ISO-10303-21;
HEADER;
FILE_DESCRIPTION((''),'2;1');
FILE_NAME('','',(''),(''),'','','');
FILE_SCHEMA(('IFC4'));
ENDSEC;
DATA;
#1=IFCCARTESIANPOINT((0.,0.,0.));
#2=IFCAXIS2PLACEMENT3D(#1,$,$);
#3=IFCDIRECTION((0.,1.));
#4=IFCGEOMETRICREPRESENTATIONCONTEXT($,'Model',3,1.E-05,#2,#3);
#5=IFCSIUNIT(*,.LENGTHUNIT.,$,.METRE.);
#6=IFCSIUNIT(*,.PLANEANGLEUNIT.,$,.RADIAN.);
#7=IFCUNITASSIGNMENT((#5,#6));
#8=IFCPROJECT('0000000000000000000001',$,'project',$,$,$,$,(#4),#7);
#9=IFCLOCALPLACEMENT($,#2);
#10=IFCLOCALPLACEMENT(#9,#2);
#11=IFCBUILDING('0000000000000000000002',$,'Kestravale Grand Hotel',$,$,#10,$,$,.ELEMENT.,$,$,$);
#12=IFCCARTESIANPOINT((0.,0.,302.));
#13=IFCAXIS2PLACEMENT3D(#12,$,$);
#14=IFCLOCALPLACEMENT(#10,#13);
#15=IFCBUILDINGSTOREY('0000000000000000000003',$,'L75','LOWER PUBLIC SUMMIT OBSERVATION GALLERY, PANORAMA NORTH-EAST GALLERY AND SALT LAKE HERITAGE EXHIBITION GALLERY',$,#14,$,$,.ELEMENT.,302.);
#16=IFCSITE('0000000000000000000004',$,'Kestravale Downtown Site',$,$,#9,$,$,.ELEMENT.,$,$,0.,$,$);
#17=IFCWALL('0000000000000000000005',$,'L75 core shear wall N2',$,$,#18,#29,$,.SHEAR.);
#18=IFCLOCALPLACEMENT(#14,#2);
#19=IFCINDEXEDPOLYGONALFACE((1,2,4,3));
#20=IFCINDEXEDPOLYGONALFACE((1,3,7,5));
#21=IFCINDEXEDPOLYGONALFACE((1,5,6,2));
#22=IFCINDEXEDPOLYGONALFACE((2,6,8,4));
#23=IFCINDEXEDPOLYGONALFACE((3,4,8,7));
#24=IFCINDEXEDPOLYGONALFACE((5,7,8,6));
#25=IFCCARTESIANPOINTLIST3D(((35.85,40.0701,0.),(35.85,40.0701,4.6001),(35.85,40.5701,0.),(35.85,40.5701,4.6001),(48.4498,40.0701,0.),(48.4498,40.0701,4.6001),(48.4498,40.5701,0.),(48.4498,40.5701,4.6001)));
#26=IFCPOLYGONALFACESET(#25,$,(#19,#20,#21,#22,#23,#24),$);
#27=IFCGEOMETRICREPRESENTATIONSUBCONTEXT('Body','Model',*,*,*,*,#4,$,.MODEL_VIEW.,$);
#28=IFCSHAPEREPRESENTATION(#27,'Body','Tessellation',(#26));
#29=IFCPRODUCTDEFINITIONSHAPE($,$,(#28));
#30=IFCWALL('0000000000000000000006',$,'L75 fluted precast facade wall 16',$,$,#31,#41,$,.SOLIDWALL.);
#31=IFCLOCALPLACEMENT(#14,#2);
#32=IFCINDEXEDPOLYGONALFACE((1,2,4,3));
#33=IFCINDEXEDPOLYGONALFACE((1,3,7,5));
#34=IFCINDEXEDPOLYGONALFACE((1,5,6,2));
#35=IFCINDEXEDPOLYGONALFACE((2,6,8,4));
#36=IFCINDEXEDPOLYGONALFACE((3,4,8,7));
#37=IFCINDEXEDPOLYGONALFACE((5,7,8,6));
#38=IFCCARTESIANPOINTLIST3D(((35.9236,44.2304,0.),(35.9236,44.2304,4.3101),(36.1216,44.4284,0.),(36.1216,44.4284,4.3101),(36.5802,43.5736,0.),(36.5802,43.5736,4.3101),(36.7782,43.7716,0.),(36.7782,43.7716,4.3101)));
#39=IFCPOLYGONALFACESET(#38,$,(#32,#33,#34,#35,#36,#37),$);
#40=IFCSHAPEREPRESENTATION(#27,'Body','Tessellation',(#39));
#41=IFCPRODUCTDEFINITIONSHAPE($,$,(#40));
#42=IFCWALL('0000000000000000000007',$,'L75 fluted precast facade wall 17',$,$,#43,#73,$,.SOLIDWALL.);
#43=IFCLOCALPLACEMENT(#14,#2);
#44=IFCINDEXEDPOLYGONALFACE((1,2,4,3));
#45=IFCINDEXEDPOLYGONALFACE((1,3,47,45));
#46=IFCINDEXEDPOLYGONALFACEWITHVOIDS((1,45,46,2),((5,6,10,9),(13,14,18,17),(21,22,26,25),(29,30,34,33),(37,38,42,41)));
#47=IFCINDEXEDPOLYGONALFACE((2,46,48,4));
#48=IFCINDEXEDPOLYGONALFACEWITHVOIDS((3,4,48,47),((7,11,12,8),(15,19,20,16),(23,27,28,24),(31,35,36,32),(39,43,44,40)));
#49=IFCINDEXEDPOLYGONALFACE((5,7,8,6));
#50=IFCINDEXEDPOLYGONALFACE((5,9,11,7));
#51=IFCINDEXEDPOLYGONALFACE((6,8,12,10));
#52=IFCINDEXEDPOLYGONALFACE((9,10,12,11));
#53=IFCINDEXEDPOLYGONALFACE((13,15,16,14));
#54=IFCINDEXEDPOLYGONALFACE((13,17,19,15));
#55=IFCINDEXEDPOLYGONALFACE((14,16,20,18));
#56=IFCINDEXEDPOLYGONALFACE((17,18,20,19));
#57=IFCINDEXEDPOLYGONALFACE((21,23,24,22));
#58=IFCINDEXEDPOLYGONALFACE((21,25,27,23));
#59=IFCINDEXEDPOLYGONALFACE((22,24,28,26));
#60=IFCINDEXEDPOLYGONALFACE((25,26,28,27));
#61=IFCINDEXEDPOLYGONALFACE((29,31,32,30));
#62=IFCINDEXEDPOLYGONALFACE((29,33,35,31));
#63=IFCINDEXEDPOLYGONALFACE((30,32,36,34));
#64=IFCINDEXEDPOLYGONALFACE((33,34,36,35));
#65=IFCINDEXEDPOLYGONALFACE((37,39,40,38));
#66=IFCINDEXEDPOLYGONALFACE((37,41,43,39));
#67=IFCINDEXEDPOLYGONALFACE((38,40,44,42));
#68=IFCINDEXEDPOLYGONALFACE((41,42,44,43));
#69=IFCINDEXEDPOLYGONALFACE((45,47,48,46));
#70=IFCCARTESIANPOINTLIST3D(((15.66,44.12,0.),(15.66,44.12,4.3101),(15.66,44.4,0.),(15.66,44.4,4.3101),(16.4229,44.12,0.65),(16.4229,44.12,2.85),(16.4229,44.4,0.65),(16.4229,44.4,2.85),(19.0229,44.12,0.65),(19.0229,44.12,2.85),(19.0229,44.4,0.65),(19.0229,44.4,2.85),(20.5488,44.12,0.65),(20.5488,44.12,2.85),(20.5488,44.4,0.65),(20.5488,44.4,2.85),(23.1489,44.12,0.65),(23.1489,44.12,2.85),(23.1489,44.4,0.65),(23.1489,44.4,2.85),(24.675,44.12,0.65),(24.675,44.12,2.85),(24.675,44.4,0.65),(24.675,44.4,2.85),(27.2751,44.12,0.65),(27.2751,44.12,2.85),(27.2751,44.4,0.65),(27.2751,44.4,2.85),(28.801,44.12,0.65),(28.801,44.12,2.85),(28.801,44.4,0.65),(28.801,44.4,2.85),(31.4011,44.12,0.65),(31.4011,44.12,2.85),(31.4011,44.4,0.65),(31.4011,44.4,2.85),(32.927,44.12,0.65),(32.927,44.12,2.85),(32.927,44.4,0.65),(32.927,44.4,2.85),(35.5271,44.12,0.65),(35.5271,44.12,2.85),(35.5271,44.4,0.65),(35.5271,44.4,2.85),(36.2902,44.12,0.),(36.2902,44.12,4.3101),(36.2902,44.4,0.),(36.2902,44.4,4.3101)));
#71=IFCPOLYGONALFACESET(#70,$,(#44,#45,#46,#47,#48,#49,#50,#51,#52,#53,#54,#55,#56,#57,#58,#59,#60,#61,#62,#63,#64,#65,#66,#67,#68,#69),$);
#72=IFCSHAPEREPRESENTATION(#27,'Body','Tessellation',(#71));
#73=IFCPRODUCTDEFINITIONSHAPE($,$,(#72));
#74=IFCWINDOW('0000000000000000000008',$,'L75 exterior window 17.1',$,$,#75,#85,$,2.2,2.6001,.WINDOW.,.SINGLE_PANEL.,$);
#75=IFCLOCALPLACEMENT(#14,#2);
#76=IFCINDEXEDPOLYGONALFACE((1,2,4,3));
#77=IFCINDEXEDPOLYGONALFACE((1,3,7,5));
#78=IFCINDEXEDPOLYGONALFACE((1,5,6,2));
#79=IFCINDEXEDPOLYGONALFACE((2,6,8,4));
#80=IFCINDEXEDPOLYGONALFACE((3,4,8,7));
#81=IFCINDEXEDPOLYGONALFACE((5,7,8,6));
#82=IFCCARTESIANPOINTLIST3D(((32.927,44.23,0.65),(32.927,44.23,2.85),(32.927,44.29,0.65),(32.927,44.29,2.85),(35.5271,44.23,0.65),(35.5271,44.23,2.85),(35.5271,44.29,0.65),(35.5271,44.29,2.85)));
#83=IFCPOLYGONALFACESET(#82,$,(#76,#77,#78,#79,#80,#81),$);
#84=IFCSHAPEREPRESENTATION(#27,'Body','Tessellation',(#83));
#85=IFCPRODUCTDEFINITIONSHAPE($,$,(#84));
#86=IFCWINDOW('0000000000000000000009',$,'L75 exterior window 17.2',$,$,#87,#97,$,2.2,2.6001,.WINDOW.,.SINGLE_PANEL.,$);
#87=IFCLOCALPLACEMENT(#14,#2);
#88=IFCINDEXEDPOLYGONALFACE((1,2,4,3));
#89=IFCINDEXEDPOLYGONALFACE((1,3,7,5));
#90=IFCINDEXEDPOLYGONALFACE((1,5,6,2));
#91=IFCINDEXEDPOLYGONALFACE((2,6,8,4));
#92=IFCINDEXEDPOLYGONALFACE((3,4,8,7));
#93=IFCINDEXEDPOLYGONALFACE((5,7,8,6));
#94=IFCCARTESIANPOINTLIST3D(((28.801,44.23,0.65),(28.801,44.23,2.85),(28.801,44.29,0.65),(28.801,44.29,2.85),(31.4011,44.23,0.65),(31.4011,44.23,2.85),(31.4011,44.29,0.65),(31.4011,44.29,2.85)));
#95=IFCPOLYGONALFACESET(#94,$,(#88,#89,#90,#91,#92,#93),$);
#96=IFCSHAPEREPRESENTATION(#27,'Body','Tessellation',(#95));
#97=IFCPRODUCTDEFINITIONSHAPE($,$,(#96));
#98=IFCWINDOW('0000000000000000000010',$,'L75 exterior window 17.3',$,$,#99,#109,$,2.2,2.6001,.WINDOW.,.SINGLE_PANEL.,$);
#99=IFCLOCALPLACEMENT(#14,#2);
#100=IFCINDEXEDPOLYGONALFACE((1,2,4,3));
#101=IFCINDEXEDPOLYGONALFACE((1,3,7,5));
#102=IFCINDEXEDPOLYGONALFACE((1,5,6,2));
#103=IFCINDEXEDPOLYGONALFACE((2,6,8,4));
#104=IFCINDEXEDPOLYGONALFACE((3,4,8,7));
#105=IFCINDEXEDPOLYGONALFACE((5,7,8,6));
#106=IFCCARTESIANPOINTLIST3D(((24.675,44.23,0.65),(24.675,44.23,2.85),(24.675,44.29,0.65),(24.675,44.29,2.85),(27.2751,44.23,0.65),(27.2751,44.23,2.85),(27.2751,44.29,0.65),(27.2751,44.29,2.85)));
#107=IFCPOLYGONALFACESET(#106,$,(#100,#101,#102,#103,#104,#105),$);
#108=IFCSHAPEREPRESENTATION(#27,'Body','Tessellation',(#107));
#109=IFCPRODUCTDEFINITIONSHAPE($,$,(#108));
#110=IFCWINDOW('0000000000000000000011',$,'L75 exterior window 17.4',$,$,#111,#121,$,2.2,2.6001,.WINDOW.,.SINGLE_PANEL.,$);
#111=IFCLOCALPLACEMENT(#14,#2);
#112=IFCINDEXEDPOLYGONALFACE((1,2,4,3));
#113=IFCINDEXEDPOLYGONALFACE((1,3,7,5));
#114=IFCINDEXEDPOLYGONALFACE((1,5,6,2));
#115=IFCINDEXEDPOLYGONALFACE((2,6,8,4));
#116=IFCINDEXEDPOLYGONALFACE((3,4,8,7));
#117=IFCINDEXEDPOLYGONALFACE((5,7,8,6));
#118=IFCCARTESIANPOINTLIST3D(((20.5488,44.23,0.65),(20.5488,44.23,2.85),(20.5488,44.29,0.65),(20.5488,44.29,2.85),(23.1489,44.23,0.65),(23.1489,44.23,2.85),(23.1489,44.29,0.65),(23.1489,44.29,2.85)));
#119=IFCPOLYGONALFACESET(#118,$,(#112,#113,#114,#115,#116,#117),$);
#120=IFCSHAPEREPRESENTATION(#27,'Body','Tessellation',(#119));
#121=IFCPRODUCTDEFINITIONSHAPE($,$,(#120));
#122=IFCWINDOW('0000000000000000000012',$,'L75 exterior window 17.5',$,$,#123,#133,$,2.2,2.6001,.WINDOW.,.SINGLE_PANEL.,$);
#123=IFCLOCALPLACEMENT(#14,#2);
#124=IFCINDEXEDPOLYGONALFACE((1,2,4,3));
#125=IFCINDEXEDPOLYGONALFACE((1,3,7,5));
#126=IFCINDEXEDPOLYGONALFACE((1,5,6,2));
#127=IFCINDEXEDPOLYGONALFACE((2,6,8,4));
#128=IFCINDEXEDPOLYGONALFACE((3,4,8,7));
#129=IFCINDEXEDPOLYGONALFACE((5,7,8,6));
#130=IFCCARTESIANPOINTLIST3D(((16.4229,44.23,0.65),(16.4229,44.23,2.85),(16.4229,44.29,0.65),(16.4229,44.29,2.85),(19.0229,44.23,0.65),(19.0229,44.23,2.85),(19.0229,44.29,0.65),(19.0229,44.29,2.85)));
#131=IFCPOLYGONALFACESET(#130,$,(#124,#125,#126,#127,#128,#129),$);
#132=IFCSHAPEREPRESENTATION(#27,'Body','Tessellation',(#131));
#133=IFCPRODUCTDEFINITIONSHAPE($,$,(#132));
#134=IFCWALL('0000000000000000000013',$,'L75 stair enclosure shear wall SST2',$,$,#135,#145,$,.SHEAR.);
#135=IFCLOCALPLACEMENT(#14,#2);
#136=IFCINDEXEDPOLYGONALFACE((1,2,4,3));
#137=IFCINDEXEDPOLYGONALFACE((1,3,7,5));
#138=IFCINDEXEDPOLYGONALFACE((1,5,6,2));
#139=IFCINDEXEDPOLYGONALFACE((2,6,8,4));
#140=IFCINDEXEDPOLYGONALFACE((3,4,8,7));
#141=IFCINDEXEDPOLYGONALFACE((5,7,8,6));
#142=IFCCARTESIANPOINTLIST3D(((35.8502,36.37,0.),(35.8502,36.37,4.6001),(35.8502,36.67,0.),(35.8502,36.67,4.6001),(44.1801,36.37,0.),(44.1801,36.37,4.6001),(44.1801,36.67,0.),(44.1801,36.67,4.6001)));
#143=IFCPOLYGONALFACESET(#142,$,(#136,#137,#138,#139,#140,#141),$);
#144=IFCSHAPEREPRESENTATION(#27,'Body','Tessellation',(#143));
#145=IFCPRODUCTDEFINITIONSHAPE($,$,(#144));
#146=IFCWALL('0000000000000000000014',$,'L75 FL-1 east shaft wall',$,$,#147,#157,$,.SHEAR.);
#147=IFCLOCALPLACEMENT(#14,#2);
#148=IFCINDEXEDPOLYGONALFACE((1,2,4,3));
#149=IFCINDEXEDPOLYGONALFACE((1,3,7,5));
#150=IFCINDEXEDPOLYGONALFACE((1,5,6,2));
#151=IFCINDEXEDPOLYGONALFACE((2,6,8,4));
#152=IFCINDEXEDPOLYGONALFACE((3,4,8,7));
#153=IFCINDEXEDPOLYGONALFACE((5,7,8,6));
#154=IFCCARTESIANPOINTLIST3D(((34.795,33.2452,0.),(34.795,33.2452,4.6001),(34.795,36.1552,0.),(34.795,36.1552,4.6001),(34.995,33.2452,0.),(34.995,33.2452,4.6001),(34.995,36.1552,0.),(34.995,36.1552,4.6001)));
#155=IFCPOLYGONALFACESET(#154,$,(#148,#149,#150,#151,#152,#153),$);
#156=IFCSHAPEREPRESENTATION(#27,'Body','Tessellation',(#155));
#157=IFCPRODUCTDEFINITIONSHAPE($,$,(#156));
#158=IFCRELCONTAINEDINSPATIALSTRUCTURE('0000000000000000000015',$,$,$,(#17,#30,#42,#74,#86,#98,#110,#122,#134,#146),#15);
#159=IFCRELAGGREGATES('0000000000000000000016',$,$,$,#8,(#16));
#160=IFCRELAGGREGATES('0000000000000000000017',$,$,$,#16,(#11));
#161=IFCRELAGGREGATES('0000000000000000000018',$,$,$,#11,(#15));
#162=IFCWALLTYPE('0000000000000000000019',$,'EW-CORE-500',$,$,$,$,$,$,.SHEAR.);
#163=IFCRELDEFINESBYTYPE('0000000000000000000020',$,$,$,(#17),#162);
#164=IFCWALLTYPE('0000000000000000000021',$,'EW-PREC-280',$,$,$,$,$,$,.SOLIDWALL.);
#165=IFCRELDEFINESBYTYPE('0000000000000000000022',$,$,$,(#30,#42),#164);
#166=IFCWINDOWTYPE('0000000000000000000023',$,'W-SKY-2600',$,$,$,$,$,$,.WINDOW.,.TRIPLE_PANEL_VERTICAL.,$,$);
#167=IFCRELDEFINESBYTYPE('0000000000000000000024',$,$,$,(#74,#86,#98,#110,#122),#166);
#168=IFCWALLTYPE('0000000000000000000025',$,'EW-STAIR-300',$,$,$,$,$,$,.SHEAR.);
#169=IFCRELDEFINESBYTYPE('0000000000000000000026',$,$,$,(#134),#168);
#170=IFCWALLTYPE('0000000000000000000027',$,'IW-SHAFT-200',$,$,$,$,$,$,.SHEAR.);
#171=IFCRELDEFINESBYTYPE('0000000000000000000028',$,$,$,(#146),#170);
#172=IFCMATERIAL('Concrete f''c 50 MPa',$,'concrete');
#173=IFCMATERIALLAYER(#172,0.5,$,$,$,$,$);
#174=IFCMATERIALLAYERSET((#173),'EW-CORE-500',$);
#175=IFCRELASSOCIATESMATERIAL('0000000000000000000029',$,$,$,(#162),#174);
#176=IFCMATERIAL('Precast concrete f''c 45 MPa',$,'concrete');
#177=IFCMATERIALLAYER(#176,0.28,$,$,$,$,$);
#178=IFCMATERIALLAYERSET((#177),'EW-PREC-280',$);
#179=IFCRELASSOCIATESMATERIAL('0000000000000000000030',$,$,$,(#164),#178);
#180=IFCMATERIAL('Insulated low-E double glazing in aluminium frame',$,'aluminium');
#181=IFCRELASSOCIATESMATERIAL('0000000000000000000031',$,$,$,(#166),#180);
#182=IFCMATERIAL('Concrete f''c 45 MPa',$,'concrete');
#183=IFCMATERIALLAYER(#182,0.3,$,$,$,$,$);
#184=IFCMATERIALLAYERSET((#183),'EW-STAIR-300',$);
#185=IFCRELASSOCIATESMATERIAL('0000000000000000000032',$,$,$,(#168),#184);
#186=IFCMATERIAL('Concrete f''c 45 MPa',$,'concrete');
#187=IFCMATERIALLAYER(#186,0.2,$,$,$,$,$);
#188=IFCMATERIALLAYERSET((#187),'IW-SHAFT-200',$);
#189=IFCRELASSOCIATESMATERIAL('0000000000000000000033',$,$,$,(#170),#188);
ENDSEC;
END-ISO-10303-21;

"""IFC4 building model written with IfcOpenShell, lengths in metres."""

from ifc_helpers import new_model, si_unit, direction, frame, frame_2d, origin, place, context, subcontext, project, spatial, rectangle, extrude, material, layer, layer_set, type_object, element, fill, save


model = new_model("IFC4")

# Units and contexts
model_context = context("Model", 3, precision=1e-05, world=origin(), true_north=direction((0.0, 1.0)))
body_context = subcontext(model_context, "Body", "Model", "MODEL_VIEW")
ifc_project = project(units=[si_unit("LENGTHUNIT", "METRE"), si_unit("PLANEANGLEUNIT", "RADIAN")], contexts=[model_context])

# Site, building, storey
site_placement = place(None, origin())
site = spatial("IfcSite", under=ifc_project, at=site_placement, Name="Kestravale Downtown Site", CompositionType="ELEMENT", RefElevation=0.0)
building_placement = place(site_placement, origin())
building = spatial("IfcBuilding", under=site, at=building_placement, Name="Kestravale Grand Hotel", CompositionType="ELEMENT")
storey_placement = place(building_placement, frame((0.0, 0.0, 302.0)))
storey = spatial("IfcBuildingStorey", under=building, at=storey_placement, Name="L75", Description="LOWER PUBLIC SUMMIT OBSERVATION GALLERY, PANORAMA NORTH-EAST GALLERY AND SALT LAKE HERITAGE EXHIBITION GALLERY", CompositionType="ELEMENT", Elevation=302.0)

# Wall
ifc_material_1 = material(Name="Concrete f'c 50 MPa", Category="concrete")
ifc_layer_1 = layer(ifc_material_1, 0.5)
ifc_layer_set_1 = layer_set([ifc_layer_1], Name="EW-CORE-500")
wall_type_1 = type_object("IfcWallType", Name="EW-CORE-500", PredefinedType="SHEAR", material=ifc_layer_set_1)
wall_1_placement = place(storey_placement, frame((35.8501, 40.3201, 0.0), z_axis=(0.0, 0.0, 1.0), x_axis=(1.0, 0.0, 0.0)))
element("IfcWall", 1, at=wall_1_placement, inside=storey, type_object=wall_type_1, Name="L75 core shear wall N2", PredefinedType="SHEAR", context=body_context, shape_type="SweptSolid", body=[
    extrude(rectangle(XDim=12.5999, YDim=0.5, at=frame_2d((6.2998, 0.0))), origin(), (0.0, 0.0, 1.0), 4.6001),
])

# Wall
ifc_material_2 = material(Name="Precast concrete f'c 45 MPa", Category="concrete")
ifc_layer_2 = layer(ifc_material_2, 0.28)
ifc_layer_set_2 = layer_set([ifc_layer_2], Name="EW-PREC-280")
wall_type_2 = type_object("IfcWallType", Name="EW-PREC-280", PredefinedType="SOLIDWALL", material=ifc_layer_set_2)
wall_2_placement = place(storey_placement, frame((36.6792, 43.6726, 0.0), z_axis=(0.0, 0.0, 1.0), x_axis=(-0.706975, 0.707238, 0.0)))
element("IfcWall", 2, at=wall_2_placement, inside=storey, type_object=wall_type_2, Name="L75 fluted precast facade wall 16", PredefinedType="SOLIDWALL", context=body_context, shape_type="SweptSolid", body=[
    extrude(rectangle(XDim=0.9287, YDim=0.28, at=frame_2d((0.4644, 0.0))), origin(), (0.0, 0.0, 1.0), 4.3101),
])

# Wall, openings, windows
wall_3_placement = place(storey_placement, frame((36.29, 44.26, 0.0), z_axis=(0.0, 0.0, 1.0), x_axis=(-1.0, 0.0, 0.0)))
wall_3 = element("IfcWall", 3, at=wall_3_placement, inside=storey, type_object=wall_type_2, Name="L75 fluted precast facade wall 17", PredefinedType="SOLIDWALL", context=body_context, shape_type="SweptSolid", body=[
    extrude(rectangle(XDim=20.6301, YDim=0.28, at=frame_2d((10.3149, 0.0))), origin(), (0.0, 0.0, 1.0), 4.3101),
])
opening_1_placement = place(wall_3_placement, frame((0.7629, 0.0, 0.6499)))
opening_1 = element("IfcOpeningElement", 4, at=opening_1_placement, cuts=wall_3, PredefinedType="OPENING", context=body_context, shape_type="SweptSolid", body=[
    extrude(rectangle(XDim=2.6001, YDim=2.2, at=frame_2d((1.3, 1.1001))), frame((0.0, 0.1499, 0.0), z_axis=(0.0, -1.0, 0.0), x_axis=(1.0, 0.0, 0.0)), (0.0, 0.0, 1.0), 0.3),
])
opening_2_placement = place(wall_3_placement, frame((4.8889, 0.0, 0.6499)))
opening_2 = element("IfcOpeningElement", 5, at=opening_2_placement, cuts=wall_3, PredefinedType="OPENING", context=body_context, shape_type="SweptSolid", body=[
    extrude(rectangle(XDim=2.6001, YDim=2.2, at=frame_2d((1.3, 1.1001))), frame((0.0, 0.1499, 0.0), z_axis=(0.0, -1.0, 0.0), x_axis=(1.0, 0.0, 0.0)), (0.0, 0.0, 1.0), 0.3),
])
opening_3_placement = place(wall_3_placement, frame((9.0149, 0.0, 0.6499)))
opening_3 = element("IfcOpeningElement", 6, at=opening_3_placement, cuts=wall_3, PredefinedType="OPENING", context=body_context, shape_type="SweptSolid", body=[
    extrude(rectangle(XDim=2.6001, YDim=2.2, at=frame_2d((1.3, 1.1001))), frame((0.0, 0.1499, 0.0), z_axis=(0.0, -1.0, 0.0), x_axis=(1.0, 0.0, 0.0)), (0.0, 0.0, 1.0), 0.3),
])
opening_4_placement = place(wall_3_placement, frame((13.1411, 0.0, 0.6499)))
opening_4 = element("IfcOpeningElement", 7, at=opening_4_placement, cuts=wall_3, PredefinedType="OPENING", context=body_context, shape_type="SweptSolid", body=[
    extrude(rectangle(XDim=2.6001, YDim=2.2, at=frame_2d((1.3, 1.1001))), frame((0.0, 0.1499, 0.0), z_axis=(0.0, -1.0, 0.0), x_axis=(1.0, 0.0, 0.0)), (0.0, 0.0, 1.0), 0.3),
])
opening_5_placement = place(wall_3_placement, frame((17.2671, 0.0, 0.6499)))
opening_5 = element("IfcOpeningElement", 8, at=opening_5_placement, cuts=wall_3, PredefinedType="OPENING", context=body_context, shape_type="SweptSolid", body=[
    extrude(rectangle(XDim=2.6001, YDim=2.2, at=frame_2d((1.3, 1.1001))), frame((0.0, 0.1499, 0.0), z_axis=(0.0, -1.0, 0.0), x_axis=(1.0, 0.0, 0.0)), (0.0, 0.0, 1.0), 0.3),
])
ifc_material_3 = material(Name="Insulated low-E double glazing in aluminium frame", Category="aluminium")
window_type = type_object("IfcWindowType", Name="W-SKY-2600", PartitioningType="TRIPLE_PANEL_VERTICAL", PredefinedType="WINDOW", material=ifc_material_3)
window_1_placement = place(opening_1_placement, origin())
window_1 = element("IfcWindow", 9, at=window_1_placement, inside=storey, type_object=window_type, Name="L75 exterior window 17.1", OverallHeight=2.2, OverallWidth=2.6001, PartitioningType="SINGLE_PANEL", PredefinedType="WINDOW", context=body_context, shape_type="SweptSolid", body=[
    extrude(rectangle(XDim=2.6001, YDim=2.2, at=frame_2d((1.3, 1.1001))), frame((0.0, 0.03, 0.0), z_axis=(0.0, -1.0, 0.0), x_axis=(1.0, 0.0, 0.0)), (0.0, 0.0, 1.0), 0.0601),
])
fill(opening_1, window_1)
window_2_placement = place(opening_2_placement, origin())
window_2 = element("IfcWindow", 10, at=window_2_placement, inside=storey, type_object=window_type, Name="L75 exterior window 17.2", OverallHeight=2.2, OverallWidth=2.6001, PartitioningType="SINGLE_PANEL", PredefinedType="WINDOW", context=body_context, shape_type="SweptSolid", body=[
    extrude(rectangle(XDim=2.6001, YDim=2.2, at=frame_2d((1.3, 1.1001))), frame((0.0, 0.03, 0.0), z_axis=(0.0, -1.0, 0.0), x_axis=(1.0, 0.0, 0.0)), (0.0, 0.0, 1.0), 0.0601),
])
fill(opening_2, window_2)
window_3_placement = place(opening_3_placement, origin())
window_3 = element("IfcWindow", 11, at=window_3_placement, inside=storey, type_object=window_type, Name="L75 exterior window 17.3", OverallHeight=2.2, OverallWidth=2.6001, PartitioningType="SINGLE_PANEL", PredefinedType="WINDOW", context=body_context, shape_type="SweptSolid", body=[
    extrude(rectangle(XDim=2.6001, YDim=2.2, at=frame_2d((1.3, 1.1001))), frame((0.0, 0.03, 0.0), z_axis=(0.0, -1.0, 0.0), x_axis=(1.0, 0.0, 0.0)), (0.0, 0.0, 1.0), 0.0601),
])
fill(opening_3, window_3)
window_4_placement = place(opening_4_placement, origin())
window_4 = element("IfcWindow", 12, at=window_4_placement, inside=storey, type_object=window_type, Name="L75 exterior window 17.4", OverallHeight=2.2, OverallWidth=2.6001, PartitioningType="SINGLE_PANEL", PredefinedType="WINDOW", context=body_context, shape_type="SweptSolid", body=[
    extrude(rectangle(XDim=2.6001, YDim=2.2, at=frame_2d((1.3, 1.1001))), frame((0.0, 0.03, 0.0), z_axis=(0.0, -1.0, 0.0), x_axis=(1.0, 0.0, 0.0)), (0.0, 0.0, 1.0), 0.0601),
])
fill(opening_4, window_4)
window_5_placement = place(opening_5_placement, origin())
window_5 = element("IfcWindow", 13, at=window_5_placement, inside=storey, type_object=window_type, Name="L75 exterior window 17.5", OverallHeight=2.2, OverallWidth=2.6001, PartitioningType="SINGLE_PANEL", PredefinedType="WINDOW", context=body_context, shape_type="SweptSolid", body=[
    extrude(rectangle(XDim=2.6001, YDim=2.2, at=frame_2d((1.3, 1.1001))), frame((0.0, 0.03, 0.0), z_axis=(0.0, -1.0, 0.0), x_axis=(1.0, 0.0, 0.0)), (0.0, 0.0, 1.0), 0.0601),
])
fill(opening_5, window_5)

# Wall
ifc_material_4 = material(Name="Concrete f'c 45 MPa", Category="concrete")
ifc_layer_3 = layer(ifc_material_4, 0.3)
ifc_layer_set_3 = layer_set([ifc_layer_3], Name="EW-STAIR-300")
wall_type_3 = type_object("IfcWallType", Name="EW-STAIR-300", PredefinedType="SHEAR", material=ifc_layer_set_3)
wall_4_placement = place(storey_placement, frame((35.8501, 36.52, 0.0), z_axis=(0.0, 0.0, 1.0), x_axis=(1.0, 0.0, 0.0)))
element("IfcWall", 14, at=wall_4_placement, inside=storey, type_object=wall_type_3, Name="L75 stair enclosure shear wall SST2", PredefinedType="SHEAR", context=body_context, shape_type="SweptSolid", body=[
    extrude(rectangle(XDim=8.3298, YDim=0.3, at=frame_2d((4.165, 0.0))), origin(), (0.0, 0.0, 1.0), 4.6001),
])

# Wall
ifc_material_5 = material(Name="Concrete f'c 45 MPa", Category="concrete")
ifc_layer_4 = layer(ifc_material_5, 0.2)
ifc_layer_set_4 = layer_set([ifc_layer_4], Name="IW-SHAFT-200")
wall_type_4 = type_object("IfcWallType", Name="IW-SHAFT-200", PredefinedType="SHEAR", material=ifc_layer_set_4)
wall_5_placement = place(storey_placement, frame((34.895, 33.2451, 0.0), z_axis=(0.0, 0.0, 1.0), x_axis=(0.0, 1.0, 0.0)))
element("IfcWall", 15, at=wall_5_placement, inside=storey, type_object=wall_type_4, Name="L75 FL-1 east shaft wall", PredefinedType="SHEAR", context=body_context, shape_type="SweptSolid", body=[
    extrude(rectangle(XDim=2.9099, YDim=0.2, at=frame_2d((1.4551, 0.0))), origin(), (0.0, 0.0, 1.0), 4.6001),
])

save(model, "model.ifc")
